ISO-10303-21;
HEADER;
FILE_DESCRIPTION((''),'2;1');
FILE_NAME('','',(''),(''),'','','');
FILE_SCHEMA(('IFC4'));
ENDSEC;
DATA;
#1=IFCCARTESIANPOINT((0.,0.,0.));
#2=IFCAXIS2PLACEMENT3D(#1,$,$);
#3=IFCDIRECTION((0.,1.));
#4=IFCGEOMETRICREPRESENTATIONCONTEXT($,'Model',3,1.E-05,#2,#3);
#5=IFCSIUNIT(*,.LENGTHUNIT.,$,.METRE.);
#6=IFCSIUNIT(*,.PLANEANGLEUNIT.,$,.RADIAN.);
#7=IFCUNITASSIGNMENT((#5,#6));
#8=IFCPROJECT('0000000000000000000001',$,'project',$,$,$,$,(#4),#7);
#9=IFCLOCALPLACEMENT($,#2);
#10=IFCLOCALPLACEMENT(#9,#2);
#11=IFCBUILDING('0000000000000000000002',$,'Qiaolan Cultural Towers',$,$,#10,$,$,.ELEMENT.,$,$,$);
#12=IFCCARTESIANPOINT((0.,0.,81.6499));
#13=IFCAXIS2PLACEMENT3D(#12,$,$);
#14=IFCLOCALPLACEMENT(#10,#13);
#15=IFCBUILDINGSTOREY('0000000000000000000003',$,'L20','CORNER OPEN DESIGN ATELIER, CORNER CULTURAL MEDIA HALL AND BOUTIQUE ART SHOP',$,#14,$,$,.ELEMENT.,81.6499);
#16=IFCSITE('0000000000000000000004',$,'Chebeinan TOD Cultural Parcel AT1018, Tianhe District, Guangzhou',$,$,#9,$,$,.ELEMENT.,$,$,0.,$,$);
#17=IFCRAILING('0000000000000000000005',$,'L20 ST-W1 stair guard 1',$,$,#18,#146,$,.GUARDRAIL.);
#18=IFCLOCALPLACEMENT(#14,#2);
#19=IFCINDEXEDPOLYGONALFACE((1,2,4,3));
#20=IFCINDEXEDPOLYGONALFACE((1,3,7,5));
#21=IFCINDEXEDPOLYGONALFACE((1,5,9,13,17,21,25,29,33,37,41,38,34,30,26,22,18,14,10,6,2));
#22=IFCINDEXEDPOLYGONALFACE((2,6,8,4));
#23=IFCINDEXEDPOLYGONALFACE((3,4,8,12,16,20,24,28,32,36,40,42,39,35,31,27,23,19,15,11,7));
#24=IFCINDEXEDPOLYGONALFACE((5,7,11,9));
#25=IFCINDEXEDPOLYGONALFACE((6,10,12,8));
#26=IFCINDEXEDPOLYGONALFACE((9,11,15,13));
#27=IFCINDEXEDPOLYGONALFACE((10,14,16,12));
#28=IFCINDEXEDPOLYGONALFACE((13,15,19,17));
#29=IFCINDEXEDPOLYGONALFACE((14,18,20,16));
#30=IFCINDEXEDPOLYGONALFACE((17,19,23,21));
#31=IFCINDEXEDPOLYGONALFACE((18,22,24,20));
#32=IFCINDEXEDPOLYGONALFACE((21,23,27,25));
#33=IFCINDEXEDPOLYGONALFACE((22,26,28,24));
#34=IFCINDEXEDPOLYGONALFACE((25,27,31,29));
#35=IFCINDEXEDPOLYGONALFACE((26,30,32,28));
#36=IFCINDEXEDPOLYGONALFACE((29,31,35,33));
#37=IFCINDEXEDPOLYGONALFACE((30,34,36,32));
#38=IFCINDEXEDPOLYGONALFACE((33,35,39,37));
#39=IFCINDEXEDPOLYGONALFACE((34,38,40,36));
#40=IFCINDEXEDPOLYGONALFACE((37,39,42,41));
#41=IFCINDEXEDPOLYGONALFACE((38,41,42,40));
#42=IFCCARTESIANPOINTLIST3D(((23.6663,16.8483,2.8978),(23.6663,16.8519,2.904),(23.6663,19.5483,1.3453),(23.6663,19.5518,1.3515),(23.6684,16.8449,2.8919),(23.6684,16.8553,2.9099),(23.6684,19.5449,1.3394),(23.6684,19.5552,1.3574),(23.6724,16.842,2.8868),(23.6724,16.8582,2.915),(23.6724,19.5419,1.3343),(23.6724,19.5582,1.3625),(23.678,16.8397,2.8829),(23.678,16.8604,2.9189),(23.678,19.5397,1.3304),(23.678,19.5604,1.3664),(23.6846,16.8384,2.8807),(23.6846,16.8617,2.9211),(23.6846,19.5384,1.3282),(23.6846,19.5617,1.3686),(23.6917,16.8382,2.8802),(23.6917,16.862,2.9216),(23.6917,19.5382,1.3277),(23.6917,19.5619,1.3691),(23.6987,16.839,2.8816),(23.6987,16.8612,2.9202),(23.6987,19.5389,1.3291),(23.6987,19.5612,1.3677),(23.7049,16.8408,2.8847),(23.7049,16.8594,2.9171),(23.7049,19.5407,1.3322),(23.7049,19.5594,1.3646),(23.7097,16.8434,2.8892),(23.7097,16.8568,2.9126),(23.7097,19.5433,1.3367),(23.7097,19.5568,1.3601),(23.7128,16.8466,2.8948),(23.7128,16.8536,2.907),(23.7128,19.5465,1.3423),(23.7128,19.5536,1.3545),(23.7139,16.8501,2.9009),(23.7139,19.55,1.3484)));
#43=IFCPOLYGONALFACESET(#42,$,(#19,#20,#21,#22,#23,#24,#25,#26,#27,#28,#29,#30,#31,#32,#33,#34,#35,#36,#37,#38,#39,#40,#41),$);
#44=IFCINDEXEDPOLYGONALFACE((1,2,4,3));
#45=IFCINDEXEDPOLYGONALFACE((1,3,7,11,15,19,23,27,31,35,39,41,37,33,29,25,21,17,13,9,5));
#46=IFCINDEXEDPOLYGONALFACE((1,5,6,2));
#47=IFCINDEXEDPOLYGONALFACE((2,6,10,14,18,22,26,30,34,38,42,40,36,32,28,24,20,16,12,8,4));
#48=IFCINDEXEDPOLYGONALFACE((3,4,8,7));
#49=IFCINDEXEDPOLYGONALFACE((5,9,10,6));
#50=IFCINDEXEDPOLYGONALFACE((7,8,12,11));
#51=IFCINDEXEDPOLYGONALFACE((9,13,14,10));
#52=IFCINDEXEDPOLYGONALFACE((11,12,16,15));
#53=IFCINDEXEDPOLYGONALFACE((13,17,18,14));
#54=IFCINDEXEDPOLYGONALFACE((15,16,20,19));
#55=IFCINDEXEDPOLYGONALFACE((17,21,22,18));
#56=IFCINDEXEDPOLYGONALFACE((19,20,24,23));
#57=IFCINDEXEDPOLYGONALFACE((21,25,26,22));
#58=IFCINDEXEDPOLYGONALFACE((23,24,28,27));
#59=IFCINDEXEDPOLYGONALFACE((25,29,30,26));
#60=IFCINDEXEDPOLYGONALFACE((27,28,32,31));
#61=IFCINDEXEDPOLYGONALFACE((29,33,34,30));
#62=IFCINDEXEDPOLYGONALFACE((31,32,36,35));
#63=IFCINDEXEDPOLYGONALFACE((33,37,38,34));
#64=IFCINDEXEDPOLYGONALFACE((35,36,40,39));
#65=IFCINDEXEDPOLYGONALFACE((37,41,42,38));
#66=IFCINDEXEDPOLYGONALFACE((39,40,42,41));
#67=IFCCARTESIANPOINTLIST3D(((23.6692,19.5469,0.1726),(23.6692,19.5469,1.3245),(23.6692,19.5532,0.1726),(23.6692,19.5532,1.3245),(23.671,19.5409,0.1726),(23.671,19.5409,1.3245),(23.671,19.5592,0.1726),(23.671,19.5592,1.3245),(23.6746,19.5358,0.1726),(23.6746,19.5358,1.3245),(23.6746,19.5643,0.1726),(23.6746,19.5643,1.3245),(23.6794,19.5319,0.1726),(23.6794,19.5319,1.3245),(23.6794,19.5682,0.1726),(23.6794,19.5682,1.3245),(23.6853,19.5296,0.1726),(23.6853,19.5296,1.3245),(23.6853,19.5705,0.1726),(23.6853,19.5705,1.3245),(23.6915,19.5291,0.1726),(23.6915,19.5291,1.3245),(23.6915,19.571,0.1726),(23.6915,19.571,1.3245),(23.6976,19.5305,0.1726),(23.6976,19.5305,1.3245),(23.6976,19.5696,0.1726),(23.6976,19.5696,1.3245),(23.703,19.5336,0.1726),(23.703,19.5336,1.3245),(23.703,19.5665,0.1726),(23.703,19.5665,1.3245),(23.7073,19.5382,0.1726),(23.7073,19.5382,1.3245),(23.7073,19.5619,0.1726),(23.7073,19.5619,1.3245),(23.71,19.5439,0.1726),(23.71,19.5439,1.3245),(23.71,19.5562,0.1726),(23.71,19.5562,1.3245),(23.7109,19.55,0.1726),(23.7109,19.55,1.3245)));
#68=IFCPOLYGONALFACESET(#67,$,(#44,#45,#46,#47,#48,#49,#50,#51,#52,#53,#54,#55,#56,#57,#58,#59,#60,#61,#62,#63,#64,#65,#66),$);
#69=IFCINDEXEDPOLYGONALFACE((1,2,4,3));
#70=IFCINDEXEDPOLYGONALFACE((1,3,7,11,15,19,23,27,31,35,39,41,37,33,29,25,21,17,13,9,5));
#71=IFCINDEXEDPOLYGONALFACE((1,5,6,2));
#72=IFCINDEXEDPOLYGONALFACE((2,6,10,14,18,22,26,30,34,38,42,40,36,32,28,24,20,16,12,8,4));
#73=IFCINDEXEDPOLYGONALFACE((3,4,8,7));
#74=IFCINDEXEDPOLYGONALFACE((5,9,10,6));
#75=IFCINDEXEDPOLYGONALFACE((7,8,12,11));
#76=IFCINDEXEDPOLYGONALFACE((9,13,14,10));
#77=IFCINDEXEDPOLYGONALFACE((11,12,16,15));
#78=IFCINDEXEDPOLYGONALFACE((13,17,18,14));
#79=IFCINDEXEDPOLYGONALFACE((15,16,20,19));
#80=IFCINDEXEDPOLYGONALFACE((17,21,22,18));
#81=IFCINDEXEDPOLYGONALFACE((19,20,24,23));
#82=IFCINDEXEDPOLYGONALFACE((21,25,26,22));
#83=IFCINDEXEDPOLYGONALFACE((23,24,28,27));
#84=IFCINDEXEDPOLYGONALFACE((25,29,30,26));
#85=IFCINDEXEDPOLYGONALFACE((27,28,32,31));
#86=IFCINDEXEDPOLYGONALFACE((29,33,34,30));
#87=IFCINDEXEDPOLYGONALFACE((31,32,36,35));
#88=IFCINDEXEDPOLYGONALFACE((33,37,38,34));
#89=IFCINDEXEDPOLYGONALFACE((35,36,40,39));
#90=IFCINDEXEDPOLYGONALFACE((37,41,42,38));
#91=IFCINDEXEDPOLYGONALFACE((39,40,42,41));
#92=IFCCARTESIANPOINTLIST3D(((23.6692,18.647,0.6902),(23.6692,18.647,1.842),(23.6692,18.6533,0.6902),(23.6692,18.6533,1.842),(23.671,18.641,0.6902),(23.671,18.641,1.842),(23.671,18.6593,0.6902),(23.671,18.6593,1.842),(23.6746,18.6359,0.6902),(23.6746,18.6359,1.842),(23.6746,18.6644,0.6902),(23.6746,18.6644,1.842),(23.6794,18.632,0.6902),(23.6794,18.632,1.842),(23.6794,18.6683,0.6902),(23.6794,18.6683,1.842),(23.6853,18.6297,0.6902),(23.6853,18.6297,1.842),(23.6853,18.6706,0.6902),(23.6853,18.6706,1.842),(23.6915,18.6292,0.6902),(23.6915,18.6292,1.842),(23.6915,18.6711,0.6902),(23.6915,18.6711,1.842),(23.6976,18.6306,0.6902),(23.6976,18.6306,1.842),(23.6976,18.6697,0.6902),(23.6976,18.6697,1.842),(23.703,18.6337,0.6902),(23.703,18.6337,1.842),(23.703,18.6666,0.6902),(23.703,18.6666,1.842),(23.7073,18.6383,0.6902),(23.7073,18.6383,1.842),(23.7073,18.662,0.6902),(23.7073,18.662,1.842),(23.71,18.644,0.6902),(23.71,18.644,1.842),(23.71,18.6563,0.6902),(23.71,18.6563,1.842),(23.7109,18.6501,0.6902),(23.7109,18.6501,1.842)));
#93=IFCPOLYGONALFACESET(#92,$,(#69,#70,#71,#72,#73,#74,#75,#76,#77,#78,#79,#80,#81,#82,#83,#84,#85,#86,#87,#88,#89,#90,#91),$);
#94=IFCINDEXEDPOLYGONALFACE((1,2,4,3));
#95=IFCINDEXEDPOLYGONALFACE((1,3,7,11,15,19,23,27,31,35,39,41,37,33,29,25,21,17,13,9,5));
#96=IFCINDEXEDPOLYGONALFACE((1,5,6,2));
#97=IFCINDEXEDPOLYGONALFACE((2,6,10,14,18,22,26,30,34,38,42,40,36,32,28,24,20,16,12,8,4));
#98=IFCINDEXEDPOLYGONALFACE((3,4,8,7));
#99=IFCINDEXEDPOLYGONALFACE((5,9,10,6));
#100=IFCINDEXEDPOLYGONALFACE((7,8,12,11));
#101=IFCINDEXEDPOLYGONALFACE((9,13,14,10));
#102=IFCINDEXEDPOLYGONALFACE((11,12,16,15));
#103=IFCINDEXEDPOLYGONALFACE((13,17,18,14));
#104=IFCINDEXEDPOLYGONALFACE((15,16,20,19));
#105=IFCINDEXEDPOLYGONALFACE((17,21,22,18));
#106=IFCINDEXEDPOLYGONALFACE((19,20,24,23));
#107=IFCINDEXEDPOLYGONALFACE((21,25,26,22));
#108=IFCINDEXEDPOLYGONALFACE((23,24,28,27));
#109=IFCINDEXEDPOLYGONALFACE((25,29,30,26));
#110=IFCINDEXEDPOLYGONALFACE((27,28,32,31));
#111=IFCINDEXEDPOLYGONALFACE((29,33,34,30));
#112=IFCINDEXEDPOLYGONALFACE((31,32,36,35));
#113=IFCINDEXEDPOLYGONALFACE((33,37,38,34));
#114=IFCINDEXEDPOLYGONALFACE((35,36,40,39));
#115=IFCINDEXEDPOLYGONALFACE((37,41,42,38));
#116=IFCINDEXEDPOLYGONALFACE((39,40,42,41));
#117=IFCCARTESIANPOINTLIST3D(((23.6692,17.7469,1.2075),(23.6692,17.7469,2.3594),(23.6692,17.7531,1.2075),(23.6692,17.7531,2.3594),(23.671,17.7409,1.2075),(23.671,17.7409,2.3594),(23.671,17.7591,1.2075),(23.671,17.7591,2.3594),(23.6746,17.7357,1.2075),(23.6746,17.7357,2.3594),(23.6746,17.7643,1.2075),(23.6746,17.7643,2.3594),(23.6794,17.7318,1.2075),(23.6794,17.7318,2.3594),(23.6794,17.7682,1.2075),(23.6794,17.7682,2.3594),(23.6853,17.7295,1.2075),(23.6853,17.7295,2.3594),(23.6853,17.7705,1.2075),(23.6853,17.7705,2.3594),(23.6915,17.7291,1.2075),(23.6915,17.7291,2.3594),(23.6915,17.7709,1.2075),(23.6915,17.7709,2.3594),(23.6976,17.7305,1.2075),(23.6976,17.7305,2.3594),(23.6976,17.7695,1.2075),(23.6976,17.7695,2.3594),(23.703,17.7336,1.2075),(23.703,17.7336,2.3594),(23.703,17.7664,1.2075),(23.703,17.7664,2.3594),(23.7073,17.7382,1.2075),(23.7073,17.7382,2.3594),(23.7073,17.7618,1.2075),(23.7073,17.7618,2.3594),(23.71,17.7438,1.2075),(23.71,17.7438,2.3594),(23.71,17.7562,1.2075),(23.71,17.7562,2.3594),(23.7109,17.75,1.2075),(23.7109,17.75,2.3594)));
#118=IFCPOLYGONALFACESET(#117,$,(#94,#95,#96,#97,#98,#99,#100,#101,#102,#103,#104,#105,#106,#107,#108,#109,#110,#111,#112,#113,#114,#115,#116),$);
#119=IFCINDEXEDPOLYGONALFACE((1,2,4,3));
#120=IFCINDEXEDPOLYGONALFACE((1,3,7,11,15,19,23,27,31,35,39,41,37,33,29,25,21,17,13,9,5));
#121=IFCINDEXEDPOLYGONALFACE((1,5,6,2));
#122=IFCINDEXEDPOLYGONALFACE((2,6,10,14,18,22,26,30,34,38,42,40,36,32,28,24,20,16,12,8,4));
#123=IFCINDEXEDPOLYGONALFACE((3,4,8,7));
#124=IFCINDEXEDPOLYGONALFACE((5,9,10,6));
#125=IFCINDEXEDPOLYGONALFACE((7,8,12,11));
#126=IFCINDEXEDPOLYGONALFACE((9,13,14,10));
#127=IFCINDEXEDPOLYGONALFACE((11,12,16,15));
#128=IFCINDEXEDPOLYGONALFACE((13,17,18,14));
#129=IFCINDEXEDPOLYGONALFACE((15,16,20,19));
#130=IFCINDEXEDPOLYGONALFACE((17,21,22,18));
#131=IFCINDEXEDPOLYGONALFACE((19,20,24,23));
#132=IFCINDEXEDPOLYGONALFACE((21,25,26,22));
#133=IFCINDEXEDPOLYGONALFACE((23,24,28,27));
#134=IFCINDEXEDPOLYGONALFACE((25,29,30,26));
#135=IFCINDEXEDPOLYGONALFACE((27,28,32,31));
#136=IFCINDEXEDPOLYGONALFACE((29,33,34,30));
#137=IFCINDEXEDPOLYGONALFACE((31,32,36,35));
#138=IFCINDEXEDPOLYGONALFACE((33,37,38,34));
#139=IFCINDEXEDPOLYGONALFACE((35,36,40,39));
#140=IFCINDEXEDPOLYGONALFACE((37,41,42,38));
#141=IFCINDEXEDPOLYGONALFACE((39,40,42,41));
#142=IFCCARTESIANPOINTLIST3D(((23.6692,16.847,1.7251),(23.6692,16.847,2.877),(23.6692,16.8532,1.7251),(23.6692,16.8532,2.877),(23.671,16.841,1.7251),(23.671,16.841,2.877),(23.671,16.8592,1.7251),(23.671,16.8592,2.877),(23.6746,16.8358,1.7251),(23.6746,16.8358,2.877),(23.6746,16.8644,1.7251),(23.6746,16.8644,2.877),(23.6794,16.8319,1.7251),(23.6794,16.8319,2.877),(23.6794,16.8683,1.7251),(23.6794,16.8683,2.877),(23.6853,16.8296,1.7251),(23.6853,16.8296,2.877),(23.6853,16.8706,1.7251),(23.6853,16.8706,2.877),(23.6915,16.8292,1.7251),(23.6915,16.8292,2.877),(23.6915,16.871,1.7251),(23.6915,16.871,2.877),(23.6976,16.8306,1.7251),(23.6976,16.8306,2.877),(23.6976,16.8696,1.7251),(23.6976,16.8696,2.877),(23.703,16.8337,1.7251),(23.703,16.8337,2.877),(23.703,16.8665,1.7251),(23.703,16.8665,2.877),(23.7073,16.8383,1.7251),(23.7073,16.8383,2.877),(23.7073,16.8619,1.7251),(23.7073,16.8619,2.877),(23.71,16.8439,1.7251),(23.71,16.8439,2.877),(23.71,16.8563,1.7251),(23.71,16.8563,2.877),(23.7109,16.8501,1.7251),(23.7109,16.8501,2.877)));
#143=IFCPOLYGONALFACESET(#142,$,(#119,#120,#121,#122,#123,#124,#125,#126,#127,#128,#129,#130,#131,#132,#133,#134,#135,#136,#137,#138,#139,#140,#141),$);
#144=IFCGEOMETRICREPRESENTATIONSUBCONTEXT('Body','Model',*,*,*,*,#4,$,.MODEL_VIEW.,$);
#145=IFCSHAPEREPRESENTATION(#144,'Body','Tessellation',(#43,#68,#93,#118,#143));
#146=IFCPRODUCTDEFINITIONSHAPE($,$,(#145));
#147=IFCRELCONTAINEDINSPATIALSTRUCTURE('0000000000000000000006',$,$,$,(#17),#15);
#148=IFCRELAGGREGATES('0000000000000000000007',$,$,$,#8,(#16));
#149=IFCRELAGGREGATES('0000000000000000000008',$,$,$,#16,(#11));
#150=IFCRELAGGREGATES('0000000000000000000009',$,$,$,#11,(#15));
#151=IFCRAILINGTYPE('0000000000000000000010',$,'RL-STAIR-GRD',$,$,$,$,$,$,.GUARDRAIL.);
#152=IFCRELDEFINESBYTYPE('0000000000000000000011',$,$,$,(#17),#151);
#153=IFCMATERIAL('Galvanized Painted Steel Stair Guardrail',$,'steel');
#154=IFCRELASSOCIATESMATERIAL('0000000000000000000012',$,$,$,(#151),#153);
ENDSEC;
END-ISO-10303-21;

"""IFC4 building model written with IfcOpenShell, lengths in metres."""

from ifc_helpers import new_model, si_unit, direction, frame, origin, origin_2d, place, context, subcontext, project, spatial, circle, extrude, material, type_object, element, save


model = new_model("IFC4")

# Units and contexts
model_context = context("Model", 3, precision=1e-05, world=origin(), true_north=direction((0.0, 1.0)))
body_context = subcontext(model_context, "Body", "Model", "MODEL_VIEW")
ifc_project = project(units=[si_unit("LENGTHUNIT", "METRE"), si_unit("PLANEANGLEUNIT", "RADIAN")], contexts=[model_context])

# Site, building, storey
site_placement = place(None, origin())
site = spatial("IfcSite", under=ifc_project, at=site_placement, Name="Chebeinan TOD Cultural Parcel AT1018, Tianhe District, Guangzhou", CompositionType="ELEMENT", RefElevation=0.0)
building_placement = place(site_placement, origin())
building = spatial("IfcBuilding", under=site, at=building_placement, Name="Qiaolan Cultural Towers", CompositionType="ELEMENT")
storey_placement = place(building_placement, frame((0.0, 0.0, 81.6499)))
storey = spatial("IfcBuildingStorey", under=building, at=storey_placement, Name="L20", Description="CORNER OPEN DESIGN ATELIER, CORNER CULTURAL MEDIA HALL AND BOUTIQUE ART SHOP", CompositionType="ELEMENT", Elevation=81.6499)

# Railing
ifc_material_1 = material(Name="Galvanized Painted Steel Stair Guardrail", Category="steel")
railing_type_1 = type_object("IfcRailingType", Name="RL-STAIR-GRD", PredefinedType="GUARDRAIL", material=ifc_material_1)
railing_1_placement = place(storey_placement, frame((23.6899, 19.55, 0.1726)))
element("IfcRailing", 1, at=railing_1_placement, inside=storey, type_object=railing_type_1, Name="L20 ST-W1 stair guard 1", PredefinedType="GUARDRAIL", context=body_context, shape_type="SweptSolid", body=[
    extrude(circle(Radius=0.0239, at=origin_2d()), frame((0.0, 0.0, 1.1758), z_axis=(0.0, -0.866904, 0.498476), x_axis=(1.0, 0.0, 0.0)), (0.0, 0.0, 1.0), 3.1145),
    extrude(circle(Radius=0.021, at=origin_2d()), origin(), (0.0, 0.0, 1.0), 1.1519),
    extrude(circle(Radius=0.021, at=origin_2d()), frame((0.0, -0.8999, 0.5176)), (0.0, 0.0, 1.0), 1.1519),
    extrude(circle(Radius=0.021, at=origin_2d()), frame((0.0, -1.8, 1.0349)), (0.0, 0.0, 1.0), 1.1519),
    extrude(circle(Radius=0.021, at=origin_2d()), frame((0.0, -2.7, 1.5525)), (0.0, 0.0, 1.0), 1.1519),
])

save(model, "model.ifc")
